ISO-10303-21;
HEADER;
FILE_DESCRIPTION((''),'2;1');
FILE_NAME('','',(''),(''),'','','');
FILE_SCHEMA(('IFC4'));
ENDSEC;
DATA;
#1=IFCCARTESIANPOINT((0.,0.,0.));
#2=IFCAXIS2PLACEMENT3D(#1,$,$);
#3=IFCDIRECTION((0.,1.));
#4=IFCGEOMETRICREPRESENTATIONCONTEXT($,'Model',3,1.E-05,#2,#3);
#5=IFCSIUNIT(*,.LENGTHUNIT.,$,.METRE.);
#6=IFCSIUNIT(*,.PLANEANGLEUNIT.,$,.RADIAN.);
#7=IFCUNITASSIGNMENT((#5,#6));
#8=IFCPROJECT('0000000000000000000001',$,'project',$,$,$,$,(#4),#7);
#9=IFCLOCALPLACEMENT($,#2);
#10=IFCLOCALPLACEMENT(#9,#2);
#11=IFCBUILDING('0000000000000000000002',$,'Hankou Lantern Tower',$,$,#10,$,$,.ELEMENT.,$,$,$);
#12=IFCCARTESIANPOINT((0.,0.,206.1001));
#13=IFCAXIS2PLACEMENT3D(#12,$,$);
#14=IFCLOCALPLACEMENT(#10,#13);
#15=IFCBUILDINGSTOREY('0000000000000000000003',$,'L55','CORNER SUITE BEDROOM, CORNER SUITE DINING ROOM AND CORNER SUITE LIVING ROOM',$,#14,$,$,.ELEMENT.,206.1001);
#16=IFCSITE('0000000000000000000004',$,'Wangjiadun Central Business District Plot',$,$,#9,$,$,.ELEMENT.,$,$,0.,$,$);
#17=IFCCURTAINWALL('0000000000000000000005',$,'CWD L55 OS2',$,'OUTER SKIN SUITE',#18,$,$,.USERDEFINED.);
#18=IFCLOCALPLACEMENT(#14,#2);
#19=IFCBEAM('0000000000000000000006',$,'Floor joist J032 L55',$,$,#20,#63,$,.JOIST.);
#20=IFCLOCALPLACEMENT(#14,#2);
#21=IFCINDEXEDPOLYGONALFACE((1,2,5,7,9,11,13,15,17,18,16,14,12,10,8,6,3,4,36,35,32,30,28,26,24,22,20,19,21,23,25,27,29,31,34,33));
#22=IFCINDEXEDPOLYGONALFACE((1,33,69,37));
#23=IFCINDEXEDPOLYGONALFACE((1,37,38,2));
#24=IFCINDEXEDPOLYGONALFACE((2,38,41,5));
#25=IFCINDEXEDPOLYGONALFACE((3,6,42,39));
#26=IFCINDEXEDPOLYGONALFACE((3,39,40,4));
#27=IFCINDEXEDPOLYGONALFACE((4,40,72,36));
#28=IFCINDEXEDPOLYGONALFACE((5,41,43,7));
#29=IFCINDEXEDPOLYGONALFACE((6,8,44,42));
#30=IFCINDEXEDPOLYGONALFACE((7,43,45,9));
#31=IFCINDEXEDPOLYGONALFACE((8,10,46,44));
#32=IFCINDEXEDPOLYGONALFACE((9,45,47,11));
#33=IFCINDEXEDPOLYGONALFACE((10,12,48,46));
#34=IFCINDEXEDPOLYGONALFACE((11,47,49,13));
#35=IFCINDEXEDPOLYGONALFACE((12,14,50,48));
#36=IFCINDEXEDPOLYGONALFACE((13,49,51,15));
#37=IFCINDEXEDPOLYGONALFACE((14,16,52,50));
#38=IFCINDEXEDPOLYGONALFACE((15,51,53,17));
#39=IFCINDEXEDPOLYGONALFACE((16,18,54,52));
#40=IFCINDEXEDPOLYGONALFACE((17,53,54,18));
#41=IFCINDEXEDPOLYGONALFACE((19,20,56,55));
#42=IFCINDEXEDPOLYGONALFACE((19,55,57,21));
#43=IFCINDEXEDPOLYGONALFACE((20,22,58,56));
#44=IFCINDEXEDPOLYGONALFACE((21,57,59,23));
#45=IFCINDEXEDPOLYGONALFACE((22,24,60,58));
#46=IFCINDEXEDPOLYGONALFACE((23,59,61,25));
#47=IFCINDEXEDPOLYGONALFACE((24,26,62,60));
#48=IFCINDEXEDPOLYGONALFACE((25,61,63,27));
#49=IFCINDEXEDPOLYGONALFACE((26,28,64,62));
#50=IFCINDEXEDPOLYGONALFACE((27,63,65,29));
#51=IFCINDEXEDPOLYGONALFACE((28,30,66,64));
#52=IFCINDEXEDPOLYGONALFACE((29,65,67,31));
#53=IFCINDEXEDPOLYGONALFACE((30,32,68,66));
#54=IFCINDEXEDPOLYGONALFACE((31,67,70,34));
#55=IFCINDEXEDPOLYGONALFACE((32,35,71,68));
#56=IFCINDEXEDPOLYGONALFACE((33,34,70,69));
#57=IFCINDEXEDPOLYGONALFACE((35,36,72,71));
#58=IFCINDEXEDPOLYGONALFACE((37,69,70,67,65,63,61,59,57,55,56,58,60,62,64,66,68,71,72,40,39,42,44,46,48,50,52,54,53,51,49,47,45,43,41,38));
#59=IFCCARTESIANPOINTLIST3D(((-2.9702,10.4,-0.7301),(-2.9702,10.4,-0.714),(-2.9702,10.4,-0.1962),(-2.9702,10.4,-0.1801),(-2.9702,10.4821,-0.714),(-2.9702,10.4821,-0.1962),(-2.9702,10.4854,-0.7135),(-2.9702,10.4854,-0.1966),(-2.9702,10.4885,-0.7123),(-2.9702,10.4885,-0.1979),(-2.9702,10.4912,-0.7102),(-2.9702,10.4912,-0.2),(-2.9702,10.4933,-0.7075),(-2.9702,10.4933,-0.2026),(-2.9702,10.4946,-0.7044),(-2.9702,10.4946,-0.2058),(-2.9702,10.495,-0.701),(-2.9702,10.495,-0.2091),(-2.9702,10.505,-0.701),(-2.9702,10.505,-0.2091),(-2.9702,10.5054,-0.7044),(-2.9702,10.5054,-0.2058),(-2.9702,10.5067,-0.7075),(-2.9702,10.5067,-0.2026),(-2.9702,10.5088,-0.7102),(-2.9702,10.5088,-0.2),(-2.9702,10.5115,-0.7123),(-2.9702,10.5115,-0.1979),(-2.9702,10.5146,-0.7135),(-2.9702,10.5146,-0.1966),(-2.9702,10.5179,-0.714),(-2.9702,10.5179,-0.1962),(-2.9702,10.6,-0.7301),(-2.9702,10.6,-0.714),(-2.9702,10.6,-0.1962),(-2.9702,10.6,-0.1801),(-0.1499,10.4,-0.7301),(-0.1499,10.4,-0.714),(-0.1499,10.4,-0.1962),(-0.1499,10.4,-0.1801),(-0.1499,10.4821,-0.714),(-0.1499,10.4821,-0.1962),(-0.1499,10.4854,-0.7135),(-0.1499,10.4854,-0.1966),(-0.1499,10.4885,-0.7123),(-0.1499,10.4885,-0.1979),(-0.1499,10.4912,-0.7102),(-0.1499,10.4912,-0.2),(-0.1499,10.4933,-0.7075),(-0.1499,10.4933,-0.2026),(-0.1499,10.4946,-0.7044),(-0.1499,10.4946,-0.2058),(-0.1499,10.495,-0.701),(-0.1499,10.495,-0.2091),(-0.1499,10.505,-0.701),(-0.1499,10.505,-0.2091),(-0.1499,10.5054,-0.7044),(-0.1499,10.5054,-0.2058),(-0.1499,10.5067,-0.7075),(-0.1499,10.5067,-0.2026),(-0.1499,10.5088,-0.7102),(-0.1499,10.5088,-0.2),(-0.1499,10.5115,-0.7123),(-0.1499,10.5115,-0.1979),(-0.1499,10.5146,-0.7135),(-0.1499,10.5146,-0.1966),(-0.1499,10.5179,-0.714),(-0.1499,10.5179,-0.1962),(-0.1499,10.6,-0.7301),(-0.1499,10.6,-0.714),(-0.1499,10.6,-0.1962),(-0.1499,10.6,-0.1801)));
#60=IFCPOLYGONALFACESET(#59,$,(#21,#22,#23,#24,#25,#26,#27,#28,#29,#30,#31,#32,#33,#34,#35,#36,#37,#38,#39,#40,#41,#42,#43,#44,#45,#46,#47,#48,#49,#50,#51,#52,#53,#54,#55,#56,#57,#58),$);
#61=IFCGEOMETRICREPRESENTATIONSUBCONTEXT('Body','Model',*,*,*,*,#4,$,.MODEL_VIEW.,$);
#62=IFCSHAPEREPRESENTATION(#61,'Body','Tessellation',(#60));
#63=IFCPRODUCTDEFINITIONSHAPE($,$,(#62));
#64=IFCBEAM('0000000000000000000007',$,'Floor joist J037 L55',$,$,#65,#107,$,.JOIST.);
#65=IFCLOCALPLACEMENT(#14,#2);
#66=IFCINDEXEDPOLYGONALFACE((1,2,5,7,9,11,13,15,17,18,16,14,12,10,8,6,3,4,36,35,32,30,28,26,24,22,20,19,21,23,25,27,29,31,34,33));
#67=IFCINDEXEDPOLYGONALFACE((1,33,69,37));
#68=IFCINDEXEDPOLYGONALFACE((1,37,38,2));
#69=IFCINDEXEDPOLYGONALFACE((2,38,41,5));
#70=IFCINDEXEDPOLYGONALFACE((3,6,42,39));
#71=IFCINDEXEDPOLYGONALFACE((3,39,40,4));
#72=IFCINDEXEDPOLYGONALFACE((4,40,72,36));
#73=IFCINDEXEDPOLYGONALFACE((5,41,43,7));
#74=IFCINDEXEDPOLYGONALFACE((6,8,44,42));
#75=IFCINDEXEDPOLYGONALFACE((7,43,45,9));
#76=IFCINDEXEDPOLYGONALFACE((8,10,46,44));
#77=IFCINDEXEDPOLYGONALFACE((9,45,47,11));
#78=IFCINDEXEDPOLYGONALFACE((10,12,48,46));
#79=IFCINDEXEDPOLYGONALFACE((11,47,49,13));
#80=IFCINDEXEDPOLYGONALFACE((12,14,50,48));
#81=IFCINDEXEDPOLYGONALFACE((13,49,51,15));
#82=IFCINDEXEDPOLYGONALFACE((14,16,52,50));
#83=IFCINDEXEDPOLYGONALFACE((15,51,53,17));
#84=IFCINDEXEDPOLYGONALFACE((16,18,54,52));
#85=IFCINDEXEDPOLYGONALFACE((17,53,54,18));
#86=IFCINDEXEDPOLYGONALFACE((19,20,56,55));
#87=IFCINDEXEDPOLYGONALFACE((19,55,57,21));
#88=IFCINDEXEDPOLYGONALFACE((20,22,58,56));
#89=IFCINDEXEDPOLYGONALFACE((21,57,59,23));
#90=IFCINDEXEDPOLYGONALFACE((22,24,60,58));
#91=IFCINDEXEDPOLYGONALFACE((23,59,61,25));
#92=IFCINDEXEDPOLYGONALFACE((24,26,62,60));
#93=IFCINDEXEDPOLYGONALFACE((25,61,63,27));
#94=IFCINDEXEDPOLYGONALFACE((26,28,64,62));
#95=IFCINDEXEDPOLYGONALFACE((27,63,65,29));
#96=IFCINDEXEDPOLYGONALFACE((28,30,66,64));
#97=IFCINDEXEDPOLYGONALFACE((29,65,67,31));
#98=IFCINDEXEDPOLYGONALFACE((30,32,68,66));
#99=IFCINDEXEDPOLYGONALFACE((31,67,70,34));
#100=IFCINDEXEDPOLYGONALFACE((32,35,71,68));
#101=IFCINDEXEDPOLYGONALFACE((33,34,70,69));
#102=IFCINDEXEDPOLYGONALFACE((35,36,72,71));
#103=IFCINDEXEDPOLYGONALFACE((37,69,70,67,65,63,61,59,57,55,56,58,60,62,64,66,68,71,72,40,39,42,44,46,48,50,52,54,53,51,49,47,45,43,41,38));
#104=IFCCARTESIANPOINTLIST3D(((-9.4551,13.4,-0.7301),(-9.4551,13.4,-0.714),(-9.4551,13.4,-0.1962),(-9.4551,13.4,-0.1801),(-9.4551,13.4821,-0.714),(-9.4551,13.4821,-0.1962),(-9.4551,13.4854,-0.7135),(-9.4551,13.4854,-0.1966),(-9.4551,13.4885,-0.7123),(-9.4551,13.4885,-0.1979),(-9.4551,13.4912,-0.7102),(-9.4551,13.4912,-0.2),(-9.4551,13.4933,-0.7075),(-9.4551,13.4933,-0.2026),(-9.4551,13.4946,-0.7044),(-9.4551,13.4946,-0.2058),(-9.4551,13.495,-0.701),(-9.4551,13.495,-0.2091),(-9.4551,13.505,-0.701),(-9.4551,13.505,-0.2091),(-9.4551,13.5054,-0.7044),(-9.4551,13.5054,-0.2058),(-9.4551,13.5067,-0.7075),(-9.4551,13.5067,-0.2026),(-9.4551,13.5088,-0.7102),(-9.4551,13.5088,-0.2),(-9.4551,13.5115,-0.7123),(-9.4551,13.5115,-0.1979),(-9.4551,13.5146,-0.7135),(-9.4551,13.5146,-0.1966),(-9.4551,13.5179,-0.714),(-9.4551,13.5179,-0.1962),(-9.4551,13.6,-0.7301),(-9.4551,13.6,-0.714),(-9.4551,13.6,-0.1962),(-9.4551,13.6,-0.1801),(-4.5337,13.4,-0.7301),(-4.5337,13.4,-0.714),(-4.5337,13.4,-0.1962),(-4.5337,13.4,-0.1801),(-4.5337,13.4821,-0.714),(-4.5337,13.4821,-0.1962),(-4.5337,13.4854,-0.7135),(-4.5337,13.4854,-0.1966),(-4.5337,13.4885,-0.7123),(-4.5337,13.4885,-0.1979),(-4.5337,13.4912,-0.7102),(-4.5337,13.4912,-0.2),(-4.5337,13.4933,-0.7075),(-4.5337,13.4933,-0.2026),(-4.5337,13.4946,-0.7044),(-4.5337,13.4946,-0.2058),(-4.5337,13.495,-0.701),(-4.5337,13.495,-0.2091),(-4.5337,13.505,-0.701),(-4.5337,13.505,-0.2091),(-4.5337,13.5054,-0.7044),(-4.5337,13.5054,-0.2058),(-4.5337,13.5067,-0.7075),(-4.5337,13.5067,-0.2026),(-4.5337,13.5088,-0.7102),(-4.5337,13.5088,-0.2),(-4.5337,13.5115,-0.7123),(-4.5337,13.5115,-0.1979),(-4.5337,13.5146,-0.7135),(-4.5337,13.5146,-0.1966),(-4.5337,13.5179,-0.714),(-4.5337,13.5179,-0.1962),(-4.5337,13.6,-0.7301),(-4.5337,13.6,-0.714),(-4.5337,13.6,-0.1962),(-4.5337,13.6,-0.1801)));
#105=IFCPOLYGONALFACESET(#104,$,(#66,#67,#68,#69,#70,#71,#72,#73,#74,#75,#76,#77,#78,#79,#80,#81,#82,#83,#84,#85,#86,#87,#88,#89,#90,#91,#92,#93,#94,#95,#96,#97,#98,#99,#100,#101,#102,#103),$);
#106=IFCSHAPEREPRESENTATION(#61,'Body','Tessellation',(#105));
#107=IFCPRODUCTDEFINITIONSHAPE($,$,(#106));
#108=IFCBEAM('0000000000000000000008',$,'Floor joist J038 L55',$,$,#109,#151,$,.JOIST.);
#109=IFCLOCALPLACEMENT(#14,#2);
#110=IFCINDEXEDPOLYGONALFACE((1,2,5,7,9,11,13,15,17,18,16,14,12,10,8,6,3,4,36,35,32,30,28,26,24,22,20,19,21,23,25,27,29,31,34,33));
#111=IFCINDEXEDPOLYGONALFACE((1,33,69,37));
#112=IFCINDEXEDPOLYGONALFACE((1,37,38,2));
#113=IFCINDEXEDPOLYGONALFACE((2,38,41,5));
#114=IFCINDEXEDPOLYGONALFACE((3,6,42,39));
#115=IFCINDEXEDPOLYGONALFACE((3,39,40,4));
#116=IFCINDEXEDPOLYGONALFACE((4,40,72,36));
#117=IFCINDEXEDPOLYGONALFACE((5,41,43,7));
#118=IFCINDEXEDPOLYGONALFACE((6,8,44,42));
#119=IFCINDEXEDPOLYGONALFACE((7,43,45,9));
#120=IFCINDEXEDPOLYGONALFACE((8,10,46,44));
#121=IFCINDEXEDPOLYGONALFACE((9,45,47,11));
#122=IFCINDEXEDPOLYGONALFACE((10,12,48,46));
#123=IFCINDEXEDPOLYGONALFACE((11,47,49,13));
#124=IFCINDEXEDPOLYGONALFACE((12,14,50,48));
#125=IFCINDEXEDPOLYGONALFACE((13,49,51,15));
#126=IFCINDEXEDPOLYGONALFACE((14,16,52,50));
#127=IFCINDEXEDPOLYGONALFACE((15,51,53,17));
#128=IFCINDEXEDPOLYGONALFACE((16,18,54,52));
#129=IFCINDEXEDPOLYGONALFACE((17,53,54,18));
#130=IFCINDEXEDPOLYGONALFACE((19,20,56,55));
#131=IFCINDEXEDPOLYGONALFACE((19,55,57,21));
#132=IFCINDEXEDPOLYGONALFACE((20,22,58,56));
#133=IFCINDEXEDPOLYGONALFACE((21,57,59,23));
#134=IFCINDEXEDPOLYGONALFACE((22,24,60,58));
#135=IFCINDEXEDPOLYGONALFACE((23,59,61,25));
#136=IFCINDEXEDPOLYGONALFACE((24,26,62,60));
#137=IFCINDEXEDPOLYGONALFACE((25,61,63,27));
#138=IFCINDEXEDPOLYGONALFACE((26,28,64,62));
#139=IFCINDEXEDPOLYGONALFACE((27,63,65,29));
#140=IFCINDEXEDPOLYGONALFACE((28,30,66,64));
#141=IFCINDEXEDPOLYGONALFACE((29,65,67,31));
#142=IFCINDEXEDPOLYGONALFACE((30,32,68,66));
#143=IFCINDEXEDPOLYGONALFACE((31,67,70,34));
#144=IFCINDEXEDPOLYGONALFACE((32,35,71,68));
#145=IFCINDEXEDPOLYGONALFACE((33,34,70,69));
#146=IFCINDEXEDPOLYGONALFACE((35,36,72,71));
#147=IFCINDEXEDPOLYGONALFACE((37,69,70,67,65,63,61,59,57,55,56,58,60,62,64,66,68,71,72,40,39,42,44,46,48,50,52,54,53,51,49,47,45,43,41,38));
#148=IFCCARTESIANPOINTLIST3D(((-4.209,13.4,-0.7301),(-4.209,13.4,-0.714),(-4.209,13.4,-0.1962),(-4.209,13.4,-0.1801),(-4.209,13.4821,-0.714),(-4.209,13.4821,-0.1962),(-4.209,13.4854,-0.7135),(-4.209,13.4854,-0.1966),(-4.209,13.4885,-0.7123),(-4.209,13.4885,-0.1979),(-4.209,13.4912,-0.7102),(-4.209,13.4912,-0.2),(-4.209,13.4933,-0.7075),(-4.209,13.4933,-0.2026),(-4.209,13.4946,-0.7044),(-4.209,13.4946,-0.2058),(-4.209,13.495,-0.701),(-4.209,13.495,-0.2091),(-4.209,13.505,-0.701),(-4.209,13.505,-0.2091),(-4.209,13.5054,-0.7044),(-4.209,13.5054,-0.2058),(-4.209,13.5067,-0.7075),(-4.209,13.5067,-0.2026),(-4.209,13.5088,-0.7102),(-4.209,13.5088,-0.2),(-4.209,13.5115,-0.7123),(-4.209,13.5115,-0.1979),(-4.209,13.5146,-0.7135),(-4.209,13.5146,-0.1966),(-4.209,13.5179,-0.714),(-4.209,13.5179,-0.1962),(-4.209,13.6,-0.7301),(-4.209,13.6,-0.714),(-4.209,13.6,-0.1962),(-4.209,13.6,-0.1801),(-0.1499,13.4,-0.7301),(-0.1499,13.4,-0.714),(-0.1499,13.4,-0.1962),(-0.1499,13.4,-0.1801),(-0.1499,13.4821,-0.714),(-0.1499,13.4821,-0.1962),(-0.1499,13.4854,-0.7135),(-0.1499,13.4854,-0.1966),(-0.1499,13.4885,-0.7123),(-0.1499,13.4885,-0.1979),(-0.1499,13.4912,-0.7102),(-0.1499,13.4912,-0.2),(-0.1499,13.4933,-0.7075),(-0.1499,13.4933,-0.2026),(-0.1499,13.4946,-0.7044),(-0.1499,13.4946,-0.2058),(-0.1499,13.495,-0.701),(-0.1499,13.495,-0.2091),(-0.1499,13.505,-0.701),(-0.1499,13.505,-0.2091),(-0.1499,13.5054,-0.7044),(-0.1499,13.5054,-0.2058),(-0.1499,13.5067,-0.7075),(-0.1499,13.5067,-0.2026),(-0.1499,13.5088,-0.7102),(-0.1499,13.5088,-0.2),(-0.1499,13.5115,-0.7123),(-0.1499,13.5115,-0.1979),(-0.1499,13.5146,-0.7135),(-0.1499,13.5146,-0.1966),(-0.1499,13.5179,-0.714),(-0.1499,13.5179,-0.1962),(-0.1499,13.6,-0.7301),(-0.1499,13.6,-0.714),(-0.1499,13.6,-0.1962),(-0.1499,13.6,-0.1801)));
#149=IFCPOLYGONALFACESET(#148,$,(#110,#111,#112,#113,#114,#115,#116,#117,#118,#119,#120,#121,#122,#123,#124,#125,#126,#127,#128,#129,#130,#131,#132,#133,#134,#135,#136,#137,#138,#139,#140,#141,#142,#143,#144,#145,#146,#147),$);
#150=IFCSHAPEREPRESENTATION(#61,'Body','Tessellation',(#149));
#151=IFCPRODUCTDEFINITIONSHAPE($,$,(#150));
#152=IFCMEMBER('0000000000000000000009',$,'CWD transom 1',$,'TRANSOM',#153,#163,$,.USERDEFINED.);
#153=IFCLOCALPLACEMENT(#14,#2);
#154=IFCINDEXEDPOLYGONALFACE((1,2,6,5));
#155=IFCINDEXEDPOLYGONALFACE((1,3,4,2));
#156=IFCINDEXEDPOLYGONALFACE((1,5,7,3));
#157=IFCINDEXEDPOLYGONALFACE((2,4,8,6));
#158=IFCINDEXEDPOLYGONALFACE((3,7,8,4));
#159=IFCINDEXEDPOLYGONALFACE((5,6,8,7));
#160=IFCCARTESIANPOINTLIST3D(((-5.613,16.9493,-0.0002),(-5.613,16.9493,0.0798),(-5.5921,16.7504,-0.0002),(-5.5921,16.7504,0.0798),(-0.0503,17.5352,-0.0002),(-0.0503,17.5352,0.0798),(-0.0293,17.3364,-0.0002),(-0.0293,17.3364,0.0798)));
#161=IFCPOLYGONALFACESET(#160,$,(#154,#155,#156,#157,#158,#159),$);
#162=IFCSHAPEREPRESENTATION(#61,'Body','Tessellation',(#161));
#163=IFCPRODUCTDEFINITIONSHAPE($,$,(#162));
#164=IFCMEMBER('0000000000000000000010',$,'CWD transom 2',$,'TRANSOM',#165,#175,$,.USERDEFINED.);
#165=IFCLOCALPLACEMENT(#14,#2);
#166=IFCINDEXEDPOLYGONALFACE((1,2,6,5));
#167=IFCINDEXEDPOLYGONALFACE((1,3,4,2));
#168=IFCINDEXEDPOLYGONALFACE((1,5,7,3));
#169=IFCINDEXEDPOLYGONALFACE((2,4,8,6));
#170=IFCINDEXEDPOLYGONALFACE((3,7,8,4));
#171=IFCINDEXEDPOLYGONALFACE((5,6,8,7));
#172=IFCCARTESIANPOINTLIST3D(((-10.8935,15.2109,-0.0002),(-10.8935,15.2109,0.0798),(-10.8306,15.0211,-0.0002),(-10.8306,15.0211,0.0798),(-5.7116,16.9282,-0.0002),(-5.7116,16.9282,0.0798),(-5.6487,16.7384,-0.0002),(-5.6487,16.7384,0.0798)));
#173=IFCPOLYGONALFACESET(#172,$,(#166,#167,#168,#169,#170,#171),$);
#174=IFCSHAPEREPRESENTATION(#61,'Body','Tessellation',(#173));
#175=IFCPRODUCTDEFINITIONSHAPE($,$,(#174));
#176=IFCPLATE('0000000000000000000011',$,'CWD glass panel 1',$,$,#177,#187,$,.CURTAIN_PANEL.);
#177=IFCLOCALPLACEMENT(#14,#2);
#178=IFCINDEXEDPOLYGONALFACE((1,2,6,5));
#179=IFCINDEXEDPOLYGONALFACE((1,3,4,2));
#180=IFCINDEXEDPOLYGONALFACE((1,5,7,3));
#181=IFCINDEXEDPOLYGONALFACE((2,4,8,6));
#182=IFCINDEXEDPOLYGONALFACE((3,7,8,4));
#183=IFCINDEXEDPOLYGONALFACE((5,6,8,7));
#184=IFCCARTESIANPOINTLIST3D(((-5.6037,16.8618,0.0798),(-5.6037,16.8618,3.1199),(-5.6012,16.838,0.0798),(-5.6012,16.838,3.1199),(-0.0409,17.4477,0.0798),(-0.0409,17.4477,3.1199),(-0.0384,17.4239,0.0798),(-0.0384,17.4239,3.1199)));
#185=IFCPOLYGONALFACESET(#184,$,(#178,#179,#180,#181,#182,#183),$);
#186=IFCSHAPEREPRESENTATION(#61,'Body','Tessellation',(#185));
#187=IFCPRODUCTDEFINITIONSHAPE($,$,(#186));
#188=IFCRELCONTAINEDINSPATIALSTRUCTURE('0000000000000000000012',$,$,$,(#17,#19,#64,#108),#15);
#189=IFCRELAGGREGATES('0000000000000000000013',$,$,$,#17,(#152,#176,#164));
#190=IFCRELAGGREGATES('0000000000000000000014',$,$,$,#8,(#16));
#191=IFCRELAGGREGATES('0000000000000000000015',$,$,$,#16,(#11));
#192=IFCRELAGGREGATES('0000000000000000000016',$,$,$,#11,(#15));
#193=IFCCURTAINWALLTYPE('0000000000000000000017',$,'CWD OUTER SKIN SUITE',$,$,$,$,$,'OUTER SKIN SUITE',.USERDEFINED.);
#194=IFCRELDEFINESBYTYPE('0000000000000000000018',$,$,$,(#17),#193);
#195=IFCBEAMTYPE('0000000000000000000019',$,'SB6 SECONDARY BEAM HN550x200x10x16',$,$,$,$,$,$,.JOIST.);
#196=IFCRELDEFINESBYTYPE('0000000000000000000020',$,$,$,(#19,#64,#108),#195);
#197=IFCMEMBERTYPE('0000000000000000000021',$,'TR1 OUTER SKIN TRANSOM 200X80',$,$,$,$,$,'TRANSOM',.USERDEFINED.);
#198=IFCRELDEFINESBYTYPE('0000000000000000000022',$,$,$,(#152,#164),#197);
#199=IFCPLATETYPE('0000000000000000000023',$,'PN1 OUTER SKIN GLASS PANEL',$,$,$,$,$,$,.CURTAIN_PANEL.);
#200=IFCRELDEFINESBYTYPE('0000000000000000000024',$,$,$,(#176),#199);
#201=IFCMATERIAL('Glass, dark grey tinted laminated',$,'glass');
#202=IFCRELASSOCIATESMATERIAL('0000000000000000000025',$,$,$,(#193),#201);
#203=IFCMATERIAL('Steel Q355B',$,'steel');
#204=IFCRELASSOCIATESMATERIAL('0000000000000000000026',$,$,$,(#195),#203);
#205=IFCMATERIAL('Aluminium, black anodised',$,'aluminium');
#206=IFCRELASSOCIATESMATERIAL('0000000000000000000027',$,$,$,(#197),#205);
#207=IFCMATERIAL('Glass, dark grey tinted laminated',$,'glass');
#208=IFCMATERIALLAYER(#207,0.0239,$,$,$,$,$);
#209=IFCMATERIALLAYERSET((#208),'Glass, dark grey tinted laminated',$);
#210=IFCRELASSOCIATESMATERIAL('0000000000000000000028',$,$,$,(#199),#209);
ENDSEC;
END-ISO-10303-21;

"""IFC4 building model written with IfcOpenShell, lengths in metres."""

from ifc_helpers import new_model, si_unit, direction, frame, origin, origin_2d, place, context, subcontext, project, spatial, rectangle, i_section, extrude, material, layer, layer_set, material_profile, profile_set, type_object, element, aggregate, save


model = new_model("IFC4")

# Units and contexts
model_context = context("Model", 3, precision=1e-05, world=origin(), true_north=direction((0.0, 1.0)))
body_context = subcontext(model_context, "Body", "Model", "MODEL_VIEW")
ifc_project = project(units=[si_unit("LENGTHUNIT", "METRE"), si_unit("PLANEANGLEUNIT", "RADIAN")], contexts=[model_context])

# Site, building, storey
site_placement = place(None, origin())
site = spatial("IfcSite", under=ifc_project, at=site_placement, Name="Wangjiadun Central Business District Plot", CompositionType="ELEMENT", RefElevation=0.0)
building_placement = place(site_placement, origin())
building = spatial("IfcBuilding", under=site, at=building_placement, Name="Hankou Lantern Tower", CompositionType="ELEMENT")
storey_placement = place(building_placement, frame((0.0, 0.0, 206.1001)))
storey = spatial("IfcBuildingStorey", under=building, at=storey_placement, Name="L55", Description="CORNER SUITE BEDROOM, CORNER SUITE DINING ROOM AND CORNER SUITE LIVING ROOM", CompositionType="ELEMENT", Elevation=206.1001)

# Curtain wall
ifc_material_1 = material(Name="Glass, dark grey tinted laminated", Category="glass")
curtain_wall_type = type_object("IfcCurtainWallType", Name="CWD OUTER SKIN SUITE", ElementType="OUTER SKIN SUITE", PredefinedType="USERDEFINED", material=ifc_material_1)
curtain_wall_placement = place(storey_placement, origin())
curtain_wall = element("IfcCurtainWall", 1, at=curtain_wall_placement, inside=storey, type_object=curtain_wall_type, Name="CWD L55 OS2", ObjectType="OUTER SKIN SUITE", PredefinedType="USERDEFINED")

# Beams
ifc_material_2 = material(Name="Steel Q355B", Category="steel")
ifc_material_profile_1 = material_profile(ifc_material_2, i_section(OverallWidth=0.2, OverallDepth=0.55, WebThickness=0.01, FlangeThickness=0.0161, FilletRadius=0.0129, at=origin_2d()), Name="HN550x200x10x16")
ifc_profile_set_1 = profile_set([ifc_material_profile_1], Name="Steel Q355B")
beam_type_1 = type_object("IfcBeamType", Name="SB6 SECONDARY BEAM HN550x200x10x16", PredefinedType="JOIST", material=ifc_profile_set_1)
beam_1_placement = place(storey_placement, frame((-2.9702, 10.5, -0.4551), z_axis=(1.0, 0.0, 0.0), x_axis=(0.0, 1.0, 0.0)))
element("IfcBeam", 2, at=beam_1_placement, inside=storey, type_object=beam_type_1, Name="Floor joist J032 L55", PredefinedType="JOIST", context=body_context, shape_type="SweptSolid", body=[
    extrude(i_section(OverallWidth=0.2, OverallDepth=0.55, WebThickness=0.01, FlangeThickness=0.0161, FilletRadius=0.0129, at=origin_2d()), origin(), (0.0, 0.0, 1.0), 2.8203),
])
beam_2_placement = place(storey_placement, frame((-9.4551, 13.5, -0.4551), z_axis=(1.0, 0.0, 0.0), x_axis=(0.0, 1.0, 0.0)))
element("IfcBeam", 3, at=beam_2_placement, inside=storey, type_object=beam_type_1, Name="Floor joist J037 L55", PredefinedType="JOIST", context=body_context, shape_type="SweptSolid", body=[
    extrude(i_section(OverallWidth=0.2, OverallDepth=0.55, WebThickness=0.01, FlangeThickness=0.0161, FilletRadius=0.0129, at=origin_2d()), origin(), (0.0, 0.0, 1.0), 4.9214),
])
beam_3_placement = place(storey_placement, frame((-4.209, 13.5, -0.4551), z_axis=(1.0, 0.0, 0.0), x_axis=(0.0, 1.0, 0.0)))
element("IfcBeam", 4, at=beam_3_placement, inside=storey, type_object=beam_type_1, Name="Floor joist J038 L55", PredefinedType="JOIST", context=body_context, shape_type="SweptSolid", body=[
    extrude(i_section(OverallWidth=0.2, OverallDepth=0.55, WebThickness=0.01, FlangeThickness=0.0161, FilletRadius=0.0129, at=origin_2d()), origin(), (0.0, 0.0, 1.0), 4.0591),
])

# Members
ifc_material_3 = material(Name="Aluminium, black anodised", Category="aluminium")
ifc_material_profile_2 = material_profile(ifc_material_3, rectangle(XDim=0.2, YDim=0.0801, at=origin_2d()), Name="TR1 200X80")
ifc_profile_set_2 = profile_set([ifc_material_profile_2], Name="Aluminium, black anodised")
member_type_1 = type_object("IfcMemberType", Name="TR1 OUTER SKIN TRANSOM 200X80", ElementType="TRANSOM", PredefinedType="USERDEFINED", material=ifc_profile_set_2)
member_1_placement = place(storey_placement, frame((-0.0398, 17.4358, 0.0398), z_axis=(-0.994498, -0.104753, 0.0), x_axis=(0.104753, -0.994498, 0.0)))
member_1 = element("IfcMember", 5, at=member_1_placement, type_object=member_type_1, Name="CWD transom 1", ObjectType="TRANSOM", PredefinedType="USERDEFINED", context=body_context, shape_type="SweptSolid", body=[
    extrude(rectangle(XDim=0.2, YDim=0.0801, at=origin_2d()), origin(), (0.0, 0.0, 1.0), 5.5935),
])
member_2_placement = place(storey_placement, frame((-5.6802, 16.8333, 0.0398), z_axis=(-0.949232, -0.314577, 0.0), x_axis=(0.314577, -0.949232, 0.0)))
member_2 = element("IfcMember", 6, at=member_2_placement, type_object=member_type_1, Name="CWD transom 2", ObjectType="TRANSOM", PredefinedType="USERDEFINED", context=body_context, shape_type="SweptSolid", body=[
    extrude(rectangle(XDim=0.2, YDim=0.0801, at=origin_2d()), origin(), (0.0, 0.0, 1.0), 5.459),
])

# Plate
ifc_material_4 = material(Name="Glass, dark grey tinted laminated", Category="glass")
ifc_layer_1 = layer(ifc_material_4, 0.0239)
ifc_layer_set_1 = layer_set([ifc_layer_1], Name="Glass, dark grey tinted laminated")
plate_type = type_object("IfcPlateType", Name="PN1 OUTER SKIN GLASS PANEL", PredefinedType="CURTAIN_PANEL", material=ifc_layer_set_1)
plate_1_placement = place(storey_placement, frame((-2.821, 17.1428, 0.0798), z_axis=(0.0, 0.0, 1.0), x_axis=(-0.994499, -0.104743, 0.0)))
plate_1 = element("IfcPlate", 7, at=plate_1_placement, type_object=plate_type, Name="CWD glass panel 1", PredefinedType="CURTAIN_PANEL", context=body_context, shape_type="SweptSolid", body=[
    extrude(rectangle(XDim=5.5935, YDim=0.0239, at=origin_2d()), origin(), (0.0, 0.0, 1.0), 3.04),
])
aggregate(curtain_wall, [member_1, plate_1, member_2])

save(model, "model.ifc")
